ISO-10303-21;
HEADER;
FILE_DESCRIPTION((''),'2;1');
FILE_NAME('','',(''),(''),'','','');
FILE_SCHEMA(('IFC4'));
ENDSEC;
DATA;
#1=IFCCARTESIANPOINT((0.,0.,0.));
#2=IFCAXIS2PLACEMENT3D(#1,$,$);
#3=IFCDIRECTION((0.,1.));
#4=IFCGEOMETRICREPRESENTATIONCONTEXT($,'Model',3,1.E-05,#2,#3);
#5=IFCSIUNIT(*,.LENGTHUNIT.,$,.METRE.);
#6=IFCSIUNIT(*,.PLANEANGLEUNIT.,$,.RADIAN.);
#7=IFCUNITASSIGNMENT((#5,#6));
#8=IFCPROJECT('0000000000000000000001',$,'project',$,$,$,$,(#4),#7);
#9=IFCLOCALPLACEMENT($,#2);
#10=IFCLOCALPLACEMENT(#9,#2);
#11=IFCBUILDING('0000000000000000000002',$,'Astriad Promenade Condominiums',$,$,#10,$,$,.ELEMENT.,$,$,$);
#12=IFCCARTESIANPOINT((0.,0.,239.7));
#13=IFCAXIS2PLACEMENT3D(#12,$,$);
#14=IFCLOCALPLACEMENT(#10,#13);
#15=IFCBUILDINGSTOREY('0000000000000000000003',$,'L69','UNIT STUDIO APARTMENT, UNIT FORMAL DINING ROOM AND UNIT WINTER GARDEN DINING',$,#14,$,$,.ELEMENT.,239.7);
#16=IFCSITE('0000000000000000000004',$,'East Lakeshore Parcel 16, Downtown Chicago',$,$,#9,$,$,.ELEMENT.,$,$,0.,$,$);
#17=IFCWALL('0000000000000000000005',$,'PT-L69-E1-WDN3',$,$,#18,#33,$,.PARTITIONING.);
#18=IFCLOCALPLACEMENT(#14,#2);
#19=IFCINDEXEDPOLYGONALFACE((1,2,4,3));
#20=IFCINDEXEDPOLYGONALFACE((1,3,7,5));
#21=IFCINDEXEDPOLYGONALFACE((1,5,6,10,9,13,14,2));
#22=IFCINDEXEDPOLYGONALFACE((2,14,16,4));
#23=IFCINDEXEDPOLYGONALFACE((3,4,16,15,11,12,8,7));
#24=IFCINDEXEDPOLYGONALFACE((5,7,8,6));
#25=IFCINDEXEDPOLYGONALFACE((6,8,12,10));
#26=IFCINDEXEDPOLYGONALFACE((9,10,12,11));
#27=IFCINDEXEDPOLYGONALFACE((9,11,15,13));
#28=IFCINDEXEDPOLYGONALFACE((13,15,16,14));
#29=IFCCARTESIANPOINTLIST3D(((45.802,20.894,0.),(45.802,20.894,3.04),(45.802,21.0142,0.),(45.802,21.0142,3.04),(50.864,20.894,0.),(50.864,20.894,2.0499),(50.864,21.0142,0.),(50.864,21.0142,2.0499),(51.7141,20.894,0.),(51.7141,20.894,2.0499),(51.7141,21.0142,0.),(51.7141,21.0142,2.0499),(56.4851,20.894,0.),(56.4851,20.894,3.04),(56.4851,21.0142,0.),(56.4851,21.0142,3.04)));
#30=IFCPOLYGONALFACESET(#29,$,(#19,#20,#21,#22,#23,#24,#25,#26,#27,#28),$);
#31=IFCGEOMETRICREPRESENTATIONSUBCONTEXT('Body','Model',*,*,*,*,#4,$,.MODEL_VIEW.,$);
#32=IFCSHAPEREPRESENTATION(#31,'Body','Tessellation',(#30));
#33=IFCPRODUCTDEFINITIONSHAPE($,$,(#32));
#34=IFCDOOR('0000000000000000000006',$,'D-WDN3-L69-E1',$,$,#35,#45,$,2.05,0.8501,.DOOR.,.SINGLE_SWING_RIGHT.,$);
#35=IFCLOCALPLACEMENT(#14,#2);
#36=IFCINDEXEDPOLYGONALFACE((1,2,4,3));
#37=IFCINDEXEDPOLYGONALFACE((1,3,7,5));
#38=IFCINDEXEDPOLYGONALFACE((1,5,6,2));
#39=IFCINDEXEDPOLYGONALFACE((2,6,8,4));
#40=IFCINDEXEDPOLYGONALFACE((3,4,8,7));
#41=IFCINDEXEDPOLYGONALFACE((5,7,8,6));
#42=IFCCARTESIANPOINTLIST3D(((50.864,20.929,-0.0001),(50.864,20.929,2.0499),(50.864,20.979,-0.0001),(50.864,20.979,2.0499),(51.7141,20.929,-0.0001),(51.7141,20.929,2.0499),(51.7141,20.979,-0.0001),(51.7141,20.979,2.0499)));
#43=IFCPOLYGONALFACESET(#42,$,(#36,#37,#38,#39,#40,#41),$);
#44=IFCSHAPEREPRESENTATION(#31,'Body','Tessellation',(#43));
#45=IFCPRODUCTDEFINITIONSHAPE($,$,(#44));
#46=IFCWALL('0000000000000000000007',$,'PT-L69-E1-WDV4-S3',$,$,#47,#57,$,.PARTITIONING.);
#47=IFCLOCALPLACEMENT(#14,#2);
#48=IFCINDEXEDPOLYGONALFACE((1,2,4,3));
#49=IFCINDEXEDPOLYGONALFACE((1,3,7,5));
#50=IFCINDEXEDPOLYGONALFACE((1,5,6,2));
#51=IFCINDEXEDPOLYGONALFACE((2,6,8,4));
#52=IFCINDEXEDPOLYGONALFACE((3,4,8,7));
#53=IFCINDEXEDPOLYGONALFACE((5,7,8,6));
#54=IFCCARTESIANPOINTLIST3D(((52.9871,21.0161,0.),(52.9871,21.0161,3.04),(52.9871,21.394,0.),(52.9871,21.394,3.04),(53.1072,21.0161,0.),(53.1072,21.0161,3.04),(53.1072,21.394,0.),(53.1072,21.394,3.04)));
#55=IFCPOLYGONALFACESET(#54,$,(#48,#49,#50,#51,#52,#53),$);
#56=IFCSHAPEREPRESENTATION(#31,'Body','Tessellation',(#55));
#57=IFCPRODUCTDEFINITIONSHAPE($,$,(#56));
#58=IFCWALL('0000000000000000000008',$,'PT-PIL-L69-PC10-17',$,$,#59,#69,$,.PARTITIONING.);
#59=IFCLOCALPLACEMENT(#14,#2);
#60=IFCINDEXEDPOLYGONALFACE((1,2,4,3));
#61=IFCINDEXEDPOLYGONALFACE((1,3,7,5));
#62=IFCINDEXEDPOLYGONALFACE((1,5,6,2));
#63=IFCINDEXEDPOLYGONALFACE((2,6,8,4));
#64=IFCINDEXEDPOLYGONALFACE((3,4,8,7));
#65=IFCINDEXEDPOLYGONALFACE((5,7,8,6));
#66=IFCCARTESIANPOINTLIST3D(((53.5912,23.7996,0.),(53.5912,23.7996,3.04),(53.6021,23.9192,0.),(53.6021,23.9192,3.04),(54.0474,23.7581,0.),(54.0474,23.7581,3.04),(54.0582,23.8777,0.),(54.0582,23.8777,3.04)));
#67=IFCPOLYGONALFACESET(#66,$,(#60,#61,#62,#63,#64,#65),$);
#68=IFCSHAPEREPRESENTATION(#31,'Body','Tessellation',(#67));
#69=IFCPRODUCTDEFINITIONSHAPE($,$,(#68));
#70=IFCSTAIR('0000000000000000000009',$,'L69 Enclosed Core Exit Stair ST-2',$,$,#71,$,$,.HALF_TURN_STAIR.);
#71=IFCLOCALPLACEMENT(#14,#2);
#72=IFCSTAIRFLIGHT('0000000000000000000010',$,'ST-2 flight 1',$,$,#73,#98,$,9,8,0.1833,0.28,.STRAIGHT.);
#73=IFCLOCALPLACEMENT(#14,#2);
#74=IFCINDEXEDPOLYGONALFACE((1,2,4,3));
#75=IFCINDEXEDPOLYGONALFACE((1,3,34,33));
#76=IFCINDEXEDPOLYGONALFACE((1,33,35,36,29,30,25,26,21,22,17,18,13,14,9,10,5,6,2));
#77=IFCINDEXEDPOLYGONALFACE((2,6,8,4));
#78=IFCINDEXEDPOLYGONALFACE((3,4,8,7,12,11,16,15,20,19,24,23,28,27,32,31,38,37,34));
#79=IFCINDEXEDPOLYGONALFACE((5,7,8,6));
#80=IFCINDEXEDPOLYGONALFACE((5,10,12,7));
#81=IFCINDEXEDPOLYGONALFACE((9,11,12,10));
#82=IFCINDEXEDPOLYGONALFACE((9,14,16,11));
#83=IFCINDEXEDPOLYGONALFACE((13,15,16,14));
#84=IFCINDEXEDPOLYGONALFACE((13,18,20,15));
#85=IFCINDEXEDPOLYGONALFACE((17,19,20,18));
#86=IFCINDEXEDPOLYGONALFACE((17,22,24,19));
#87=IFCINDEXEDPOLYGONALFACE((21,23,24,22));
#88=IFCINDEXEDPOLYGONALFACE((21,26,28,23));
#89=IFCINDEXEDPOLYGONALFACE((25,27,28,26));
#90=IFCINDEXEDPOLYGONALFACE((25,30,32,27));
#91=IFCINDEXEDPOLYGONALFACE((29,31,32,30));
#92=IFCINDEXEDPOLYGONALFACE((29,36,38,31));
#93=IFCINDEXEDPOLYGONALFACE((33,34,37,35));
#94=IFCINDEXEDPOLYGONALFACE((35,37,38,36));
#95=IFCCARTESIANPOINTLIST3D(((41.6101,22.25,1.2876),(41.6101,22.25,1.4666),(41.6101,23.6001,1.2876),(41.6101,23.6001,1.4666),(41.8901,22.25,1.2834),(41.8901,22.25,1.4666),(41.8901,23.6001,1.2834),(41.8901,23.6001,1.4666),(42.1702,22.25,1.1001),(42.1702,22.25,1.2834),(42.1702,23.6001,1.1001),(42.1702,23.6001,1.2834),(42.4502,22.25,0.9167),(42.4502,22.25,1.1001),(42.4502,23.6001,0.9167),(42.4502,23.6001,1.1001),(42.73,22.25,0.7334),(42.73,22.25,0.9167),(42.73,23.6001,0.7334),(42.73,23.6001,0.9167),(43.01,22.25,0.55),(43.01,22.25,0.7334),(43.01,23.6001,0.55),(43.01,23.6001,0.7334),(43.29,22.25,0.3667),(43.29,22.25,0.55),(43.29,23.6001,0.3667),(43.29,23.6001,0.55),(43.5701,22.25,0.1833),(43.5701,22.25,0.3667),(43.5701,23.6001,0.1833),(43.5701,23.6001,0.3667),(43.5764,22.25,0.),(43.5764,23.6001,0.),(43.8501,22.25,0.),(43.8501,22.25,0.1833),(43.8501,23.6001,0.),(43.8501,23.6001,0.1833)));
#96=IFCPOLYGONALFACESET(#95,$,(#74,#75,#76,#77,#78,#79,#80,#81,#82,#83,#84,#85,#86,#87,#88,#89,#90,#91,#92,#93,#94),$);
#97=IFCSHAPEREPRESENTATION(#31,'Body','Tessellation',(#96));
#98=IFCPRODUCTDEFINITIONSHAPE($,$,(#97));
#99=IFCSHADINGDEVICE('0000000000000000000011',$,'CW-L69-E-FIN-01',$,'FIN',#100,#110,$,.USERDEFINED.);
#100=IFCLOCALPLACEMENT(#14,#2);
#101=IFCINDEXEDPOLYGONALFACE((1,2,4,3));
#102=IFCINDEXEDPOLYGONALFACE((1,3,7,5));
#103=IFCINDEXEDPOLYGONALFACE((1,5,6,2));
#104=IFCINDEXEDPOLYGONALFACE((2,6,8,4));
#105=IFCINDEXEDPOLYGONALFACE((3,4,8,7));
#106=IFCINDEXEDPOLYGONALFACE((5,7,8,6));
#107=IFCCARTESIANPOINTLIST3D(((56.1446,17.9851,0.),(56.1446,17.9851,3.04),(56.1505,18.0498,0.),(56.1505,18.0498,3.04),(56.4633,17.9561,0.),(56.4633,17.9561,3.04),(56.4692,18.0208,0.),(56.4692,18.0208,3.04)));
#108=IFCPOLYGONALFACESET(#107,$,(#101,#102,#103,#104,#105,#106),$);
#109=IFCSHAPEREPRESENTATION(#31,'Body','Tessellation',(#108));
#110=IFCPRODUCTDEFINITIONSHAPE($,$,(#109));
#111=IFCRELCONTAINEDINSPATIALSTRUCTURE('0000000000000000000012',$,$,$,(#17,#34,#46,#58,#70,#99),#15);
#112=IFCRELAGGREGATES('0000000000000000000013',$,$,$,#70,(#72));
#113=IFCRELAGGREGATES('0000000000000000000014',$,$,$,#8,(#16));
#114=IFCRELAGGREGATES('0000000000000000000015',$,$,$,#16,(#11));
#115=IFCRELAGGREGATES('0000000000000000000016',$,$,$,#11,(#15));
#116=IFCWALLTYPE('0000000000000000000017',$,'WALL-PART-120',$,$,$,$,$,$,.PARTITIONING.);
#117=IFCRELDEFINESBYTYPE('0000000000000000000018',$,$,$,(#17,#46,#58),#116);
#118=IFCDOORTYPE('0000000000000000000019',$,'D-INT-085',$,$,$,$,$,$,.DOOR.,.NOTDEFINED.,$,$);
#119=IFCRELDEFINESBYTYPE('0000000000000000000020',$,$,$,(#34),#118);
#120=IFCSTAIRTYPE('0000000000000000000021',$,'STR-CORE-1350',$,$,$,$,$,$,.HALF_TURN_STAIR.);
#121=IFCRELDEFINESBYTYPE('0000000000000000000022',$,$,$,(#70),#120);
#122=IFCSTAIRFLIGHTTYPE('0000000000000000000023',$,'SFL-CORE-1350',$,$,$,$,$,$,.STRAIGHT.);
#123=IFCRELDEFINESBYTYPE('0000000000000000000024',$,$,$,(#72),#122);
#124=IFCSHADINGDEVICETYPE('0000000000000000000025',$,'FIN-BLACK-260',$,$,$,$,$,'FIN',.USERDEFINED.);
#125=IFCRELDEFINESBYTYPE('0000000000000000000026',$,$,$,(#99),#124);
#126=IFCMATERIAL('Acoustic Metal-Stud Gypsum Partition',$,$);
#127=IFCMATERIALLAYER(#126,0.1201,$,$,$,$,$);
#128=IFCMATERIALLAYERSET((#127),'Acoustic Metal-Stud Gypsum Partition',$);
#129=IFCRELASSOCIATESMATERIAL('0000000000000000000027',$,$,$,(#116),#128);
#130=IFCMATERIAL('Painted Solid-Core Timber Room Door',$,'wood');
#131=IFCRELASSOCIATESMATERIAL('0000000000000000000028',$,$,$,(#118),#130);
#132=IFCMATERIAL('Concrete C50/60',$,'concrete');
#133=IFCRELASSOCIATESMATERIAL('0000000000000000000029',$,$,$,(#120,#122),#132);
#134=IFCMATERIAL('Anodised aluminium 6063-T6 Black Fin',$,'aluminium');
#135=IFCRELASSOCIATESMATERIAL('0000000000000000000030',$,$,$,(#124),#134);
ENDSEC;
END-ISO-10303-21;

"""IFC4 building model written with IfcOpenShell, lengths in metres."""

from ifc_helpers import new_model, si_unit, direction, frame, frame_2d, origin, origin_2d, place, context, subcontext, project, spatial, polyline, rectangle, outline, extrude, source, transform, mapped, material, layer, layer_set, type_object, type_shapes, element, fill, aggregate, save


model = new_model("IFC4")

# Units and contexts
model_context = context("Model", 3, precision=1e-05, world=origin(), true_north=direction((0.0, 1.0)))
body_context = subcontext(model_context, "Body", "Model", "MODEL_VIEW")
ifc_project = project(units=[si_unit("LENGTHUNIT", "METRE"), si_unit("PLANEANGLEUNIT", "RADIAN")], contexts=[model_context])

# Site, building, storey
site_placement = place(None, origin())
site = spatial("IfcSite", under=ifc_project, at=site_placement, Name="East Lakeshore Parcel 16, Downtown Chicago", CompositionType="ELEMENT", RefElevation=0.0)
building_placement = place(site_placement, origin())
building = spatial("IfcBuilding", under=site, at=building_placement, Name="Astriad Promenade Condominiums", CompositionType="ELEMENT")
storey_placement = place(building_placement, frame((0.0, 0.0, 239.7)))
storey = spatial("IfcBuildingStorey", under=building, at=storey_placement, Name="L69", Description="UNIT STUDIO APARTMENT, UNIT FORMAL DINING ROOM AND UNIT WINTER GARDEN DINING", CompositionType="ELEMENT", Elevation=239.7)

# Shared definitions
ifc_material_1 = material(Name="Concrete C50/60", Category="concrete")

# Shared definitions
ifc_material_2 = material(Name="Acoustic Metal-Stud Gypsum Partition")
ifc_layer_1 = layer(ifc_material_2, 0.1201)
ifc_layer_set_1 = layer_set([ifc_layer_1], Name="Acoustic Metal-Stud Gypsum Partition")
wall_type_1 = type_object("IfcWallType", Name="WALL-PART-120", PredefinedType="PARTITIONING", material=ifc_layer_set_1)

# Wall, opening, door
ifc_material_3 = material(Name="Painted Solid-Core Timber Room Door", Category="wood")
door_type = type_object("IfcDoorType", Name="D-INT-085", OperationType="NOTDEFINED", PredefinedType="DOOR", material=ifc_material_3)
shared_shape_1 = source(origin(), body_context, "Body", "SweptSolid", [
    extrude(rectangle(XDim=0.8501, YDim=2.05, at=frame_2d((0.425, 1.0249))), frame((0.0, 0.0249, 0.0), z_axis=(0.0, -1.0, 0.0), x_axis=(1.0, 0.0, 0.0)), (0.0, 0.0, 1.0), 0.05),
])
type_shapes(door_type, [shared_shape_1])
wall_1_placement = place(storey_placement, frame((45.802, 20.9541, 0.0), z_axis=(0.0, 0.0, 1.0), x_axis=(1.0, 0.0, 0.0)))
wall_1 = element("IfcWall", 1, at=wall_1_placement, inside=storey, type_object=wall_type_1, Name="PT-L69-E1-WDN3", PredefinedType="PARTITIONING", context=body_context, shape_type="SweptSolid", body=[
    extrude(rectangle(XDim=10.6831, YDim=0.1201, at=frame_2d((5.3416, 0.0))), origin(), (0.0, 0.0, 1.0), 3.04),
])
opening_1_placement = place(wall_1_placement, frame((5.062, 0.0, 0.0)))
opening_1 = element("IfcOpeningElement", 2, at=opening_1_placement, cuts=wall_1, PredefinedType="OPENING", context=body_context, shape_type="SweptSolid", body=[
    extrude(rectangle(XDim=0.8501, YDim=2.05, at=frame_2d((0.425, 1.0249))), frame((0.0, 0.0701, 0.0), z_axis=(0.0, -1.0, 0.0), x_axis=(1.0, 0.0, 0.0)), (0.0, 0.0, 1.0), 0.1401),
])
door_1_placement = place(opening_1_placement, origin())
door_1 = element("IfcDoor", 3, at=door_1_placement, inside=storey, type_object=door_type, Name="D-WDN3-L69-E1", OperationType="SINGLE_SWING_RIGHT", OverallHeight=2.05, OverallWidth=0.8501, PredefinedType="DOOR", context=body_context, shape_type="MappedRepresentation", body=[
    mapped(shared_shape_1, transform((0.0, 0.0, 0.0), scale=1.0)),
])
fill(opening_1, door_1)

# Walls
wall_2_placement = place(storey_placement, frame((53.0471, 21.0161, 0.0), z_axis=(0.0, 0.0, 1.0), x_axis=(0.0, 1.0, 0.0)))
element("IfcWall", 4, at=wall_2_placement, inside=storey, type_object=wall_type_1, Name="PT-L69-E1-WDV4-S3", PredefinedType="PARTITIONING", context=body_context, shape_type="SweptSolid", body=[
    extrude(rectangle(XDim=0.3779, YDim=0.1201, at=frame_2d((0.189, 0.0))), origin(), (0.0, 0.0, 1.0), 3.04),
])
wall_3_placement = place(storey_placement, frame((53.5967, 23.8594, 0.0), z_axis=(0.0, 0.0, 1.0), x_axis=(0.995884, -0.090632, 0.0)))
element("IfcWall", 5, at=wall_3_placement, inside=storey, type_object=wall_type_1, Name="PT-PIL-L69-PC10-17", PredefinedType="PARTITIONING", context=body_context, shape_type="SweptSolid", body=[
    extrude(rectangle(XDim=0.458, YDim=0.1201, at=frame_2d((0.229, 0.0))), origin(), (0.0, 0.0, 1.0), 3.04),
])

# Stair, stair flight
stair_type = type_object("IfcStairType", Name="STR-CORE-1350", PredefinedType="HALF_TURN_STAIR", material=ifc_material_1)
stair_placement = place(storey_placement, origin())
stair = element("IfcStair", 6, at=stair_placement, inside=storey, type_object=stair_type, Name="L69 Enclosed Core Exit Stair ST-2", PredefinedType="HALF_TURN_STAIR")
stair_flight_type = type_object("IfcStairFlightType", Name="SFL-CORE-1350", PredefinedType="STRAIGHT", material=ifc_material_1)
shared_shape_2 = source(origin(), body_context, "Body", "SweptSolid", [
    extrude(outline(polyline([(0.0, 0.0), (0.0, 0.1833), (0.28, 0.1833), (0.28, 0.3667), (0.5601, 0.3667), (0.5601, 0.55), (0.8401, 0.55), (0.8401, 0.7334), (1.1201, 0.7334), (1.1201, 0.9167), (1.3999, 0.9167), (1.3999, 1.1001), (1.6799, 1.1001), (1.6799, 1.2834), (1.96, 1.2834), (1.96, 1.4666), (2.24, 1.4666), (2.24, 1.6499), (2.24, 1.2876), (0.2737, 0.0), (0.0, 0.0)])), frame((0.0, 0.675, 0.0), z_axis=(0.0, -1.0, 0.0), x_axis=(1.0, 0.0, 0.0)), (0.0, 0.0, 1.0), 1.3501),
])
type_shapes(stair_flight_type, [shared_shape_2])
stair_flight_placement = place(storey_placement, frame((43.8501, 22.925, 0.0), z_axis=(0.0, 0.0, 1.0), x_axis=(-1.0, 0.0, 0.0)))
stair_flight = element("IfcStairFlight", 7, at=stair_flight_placement, type_object=stair_flight_type, Name="ST-2 flight 1", NumberOfRisers=9, NumberOfTreads=8, PredefinedType="STRAIGHT", RiserHeight=0.1833, TreadLength=0.28, context=body_context, shape_type="MappedRepresentation", body=[
    mapped(shared_shape_2, transform((0.0, 0.0, 0.0), scale=1.0)),
])
aggregate(stair, [stair_flight])

# Shading device
ifc_material_4 = material(Name="Anodised aluminium 6063-T6 Black Fin", Category="aluminium")
shading_device_type = type_object("IfcShadingDeviceType", Name="FIN-BLACK-260", ElementType="FIN", PredefinedType="USERDEFINED", material=ifc_material_4)
shared_shape_3 = source(origin(), body_context, "Body", "SweptSolid", [
    extrude(rectangle(XDim=0.0649, YDim=0.3201, at=origin_2d()), origin(), (0.0, 0.0, 1.0), 3.04),
])
type_shapes(shading_device_type, [shared_shape_3])
shading_device_placement = place(storey_placement, frame((56.3069, 18.0029, 0.0), z_axis=(0.0, 0.0, 1.0), x_axis=(-0.090633, -0.995884, 0.0)))
element("IfcShadingDevice", 8, at=shading_device_placement, inside=storey, type_object=shading_device_type, Name="CW-L69-E-FIN-01", ObjectType="FIN", PredefinedType="USERDEFINED", context=body_context, shape_type="MappedRepresentation", body=[
    mapped(shared_shape_3, transform((0.0, 0.0, 0.0), scale=1.0)),
])

save(model, "model.ifc")
